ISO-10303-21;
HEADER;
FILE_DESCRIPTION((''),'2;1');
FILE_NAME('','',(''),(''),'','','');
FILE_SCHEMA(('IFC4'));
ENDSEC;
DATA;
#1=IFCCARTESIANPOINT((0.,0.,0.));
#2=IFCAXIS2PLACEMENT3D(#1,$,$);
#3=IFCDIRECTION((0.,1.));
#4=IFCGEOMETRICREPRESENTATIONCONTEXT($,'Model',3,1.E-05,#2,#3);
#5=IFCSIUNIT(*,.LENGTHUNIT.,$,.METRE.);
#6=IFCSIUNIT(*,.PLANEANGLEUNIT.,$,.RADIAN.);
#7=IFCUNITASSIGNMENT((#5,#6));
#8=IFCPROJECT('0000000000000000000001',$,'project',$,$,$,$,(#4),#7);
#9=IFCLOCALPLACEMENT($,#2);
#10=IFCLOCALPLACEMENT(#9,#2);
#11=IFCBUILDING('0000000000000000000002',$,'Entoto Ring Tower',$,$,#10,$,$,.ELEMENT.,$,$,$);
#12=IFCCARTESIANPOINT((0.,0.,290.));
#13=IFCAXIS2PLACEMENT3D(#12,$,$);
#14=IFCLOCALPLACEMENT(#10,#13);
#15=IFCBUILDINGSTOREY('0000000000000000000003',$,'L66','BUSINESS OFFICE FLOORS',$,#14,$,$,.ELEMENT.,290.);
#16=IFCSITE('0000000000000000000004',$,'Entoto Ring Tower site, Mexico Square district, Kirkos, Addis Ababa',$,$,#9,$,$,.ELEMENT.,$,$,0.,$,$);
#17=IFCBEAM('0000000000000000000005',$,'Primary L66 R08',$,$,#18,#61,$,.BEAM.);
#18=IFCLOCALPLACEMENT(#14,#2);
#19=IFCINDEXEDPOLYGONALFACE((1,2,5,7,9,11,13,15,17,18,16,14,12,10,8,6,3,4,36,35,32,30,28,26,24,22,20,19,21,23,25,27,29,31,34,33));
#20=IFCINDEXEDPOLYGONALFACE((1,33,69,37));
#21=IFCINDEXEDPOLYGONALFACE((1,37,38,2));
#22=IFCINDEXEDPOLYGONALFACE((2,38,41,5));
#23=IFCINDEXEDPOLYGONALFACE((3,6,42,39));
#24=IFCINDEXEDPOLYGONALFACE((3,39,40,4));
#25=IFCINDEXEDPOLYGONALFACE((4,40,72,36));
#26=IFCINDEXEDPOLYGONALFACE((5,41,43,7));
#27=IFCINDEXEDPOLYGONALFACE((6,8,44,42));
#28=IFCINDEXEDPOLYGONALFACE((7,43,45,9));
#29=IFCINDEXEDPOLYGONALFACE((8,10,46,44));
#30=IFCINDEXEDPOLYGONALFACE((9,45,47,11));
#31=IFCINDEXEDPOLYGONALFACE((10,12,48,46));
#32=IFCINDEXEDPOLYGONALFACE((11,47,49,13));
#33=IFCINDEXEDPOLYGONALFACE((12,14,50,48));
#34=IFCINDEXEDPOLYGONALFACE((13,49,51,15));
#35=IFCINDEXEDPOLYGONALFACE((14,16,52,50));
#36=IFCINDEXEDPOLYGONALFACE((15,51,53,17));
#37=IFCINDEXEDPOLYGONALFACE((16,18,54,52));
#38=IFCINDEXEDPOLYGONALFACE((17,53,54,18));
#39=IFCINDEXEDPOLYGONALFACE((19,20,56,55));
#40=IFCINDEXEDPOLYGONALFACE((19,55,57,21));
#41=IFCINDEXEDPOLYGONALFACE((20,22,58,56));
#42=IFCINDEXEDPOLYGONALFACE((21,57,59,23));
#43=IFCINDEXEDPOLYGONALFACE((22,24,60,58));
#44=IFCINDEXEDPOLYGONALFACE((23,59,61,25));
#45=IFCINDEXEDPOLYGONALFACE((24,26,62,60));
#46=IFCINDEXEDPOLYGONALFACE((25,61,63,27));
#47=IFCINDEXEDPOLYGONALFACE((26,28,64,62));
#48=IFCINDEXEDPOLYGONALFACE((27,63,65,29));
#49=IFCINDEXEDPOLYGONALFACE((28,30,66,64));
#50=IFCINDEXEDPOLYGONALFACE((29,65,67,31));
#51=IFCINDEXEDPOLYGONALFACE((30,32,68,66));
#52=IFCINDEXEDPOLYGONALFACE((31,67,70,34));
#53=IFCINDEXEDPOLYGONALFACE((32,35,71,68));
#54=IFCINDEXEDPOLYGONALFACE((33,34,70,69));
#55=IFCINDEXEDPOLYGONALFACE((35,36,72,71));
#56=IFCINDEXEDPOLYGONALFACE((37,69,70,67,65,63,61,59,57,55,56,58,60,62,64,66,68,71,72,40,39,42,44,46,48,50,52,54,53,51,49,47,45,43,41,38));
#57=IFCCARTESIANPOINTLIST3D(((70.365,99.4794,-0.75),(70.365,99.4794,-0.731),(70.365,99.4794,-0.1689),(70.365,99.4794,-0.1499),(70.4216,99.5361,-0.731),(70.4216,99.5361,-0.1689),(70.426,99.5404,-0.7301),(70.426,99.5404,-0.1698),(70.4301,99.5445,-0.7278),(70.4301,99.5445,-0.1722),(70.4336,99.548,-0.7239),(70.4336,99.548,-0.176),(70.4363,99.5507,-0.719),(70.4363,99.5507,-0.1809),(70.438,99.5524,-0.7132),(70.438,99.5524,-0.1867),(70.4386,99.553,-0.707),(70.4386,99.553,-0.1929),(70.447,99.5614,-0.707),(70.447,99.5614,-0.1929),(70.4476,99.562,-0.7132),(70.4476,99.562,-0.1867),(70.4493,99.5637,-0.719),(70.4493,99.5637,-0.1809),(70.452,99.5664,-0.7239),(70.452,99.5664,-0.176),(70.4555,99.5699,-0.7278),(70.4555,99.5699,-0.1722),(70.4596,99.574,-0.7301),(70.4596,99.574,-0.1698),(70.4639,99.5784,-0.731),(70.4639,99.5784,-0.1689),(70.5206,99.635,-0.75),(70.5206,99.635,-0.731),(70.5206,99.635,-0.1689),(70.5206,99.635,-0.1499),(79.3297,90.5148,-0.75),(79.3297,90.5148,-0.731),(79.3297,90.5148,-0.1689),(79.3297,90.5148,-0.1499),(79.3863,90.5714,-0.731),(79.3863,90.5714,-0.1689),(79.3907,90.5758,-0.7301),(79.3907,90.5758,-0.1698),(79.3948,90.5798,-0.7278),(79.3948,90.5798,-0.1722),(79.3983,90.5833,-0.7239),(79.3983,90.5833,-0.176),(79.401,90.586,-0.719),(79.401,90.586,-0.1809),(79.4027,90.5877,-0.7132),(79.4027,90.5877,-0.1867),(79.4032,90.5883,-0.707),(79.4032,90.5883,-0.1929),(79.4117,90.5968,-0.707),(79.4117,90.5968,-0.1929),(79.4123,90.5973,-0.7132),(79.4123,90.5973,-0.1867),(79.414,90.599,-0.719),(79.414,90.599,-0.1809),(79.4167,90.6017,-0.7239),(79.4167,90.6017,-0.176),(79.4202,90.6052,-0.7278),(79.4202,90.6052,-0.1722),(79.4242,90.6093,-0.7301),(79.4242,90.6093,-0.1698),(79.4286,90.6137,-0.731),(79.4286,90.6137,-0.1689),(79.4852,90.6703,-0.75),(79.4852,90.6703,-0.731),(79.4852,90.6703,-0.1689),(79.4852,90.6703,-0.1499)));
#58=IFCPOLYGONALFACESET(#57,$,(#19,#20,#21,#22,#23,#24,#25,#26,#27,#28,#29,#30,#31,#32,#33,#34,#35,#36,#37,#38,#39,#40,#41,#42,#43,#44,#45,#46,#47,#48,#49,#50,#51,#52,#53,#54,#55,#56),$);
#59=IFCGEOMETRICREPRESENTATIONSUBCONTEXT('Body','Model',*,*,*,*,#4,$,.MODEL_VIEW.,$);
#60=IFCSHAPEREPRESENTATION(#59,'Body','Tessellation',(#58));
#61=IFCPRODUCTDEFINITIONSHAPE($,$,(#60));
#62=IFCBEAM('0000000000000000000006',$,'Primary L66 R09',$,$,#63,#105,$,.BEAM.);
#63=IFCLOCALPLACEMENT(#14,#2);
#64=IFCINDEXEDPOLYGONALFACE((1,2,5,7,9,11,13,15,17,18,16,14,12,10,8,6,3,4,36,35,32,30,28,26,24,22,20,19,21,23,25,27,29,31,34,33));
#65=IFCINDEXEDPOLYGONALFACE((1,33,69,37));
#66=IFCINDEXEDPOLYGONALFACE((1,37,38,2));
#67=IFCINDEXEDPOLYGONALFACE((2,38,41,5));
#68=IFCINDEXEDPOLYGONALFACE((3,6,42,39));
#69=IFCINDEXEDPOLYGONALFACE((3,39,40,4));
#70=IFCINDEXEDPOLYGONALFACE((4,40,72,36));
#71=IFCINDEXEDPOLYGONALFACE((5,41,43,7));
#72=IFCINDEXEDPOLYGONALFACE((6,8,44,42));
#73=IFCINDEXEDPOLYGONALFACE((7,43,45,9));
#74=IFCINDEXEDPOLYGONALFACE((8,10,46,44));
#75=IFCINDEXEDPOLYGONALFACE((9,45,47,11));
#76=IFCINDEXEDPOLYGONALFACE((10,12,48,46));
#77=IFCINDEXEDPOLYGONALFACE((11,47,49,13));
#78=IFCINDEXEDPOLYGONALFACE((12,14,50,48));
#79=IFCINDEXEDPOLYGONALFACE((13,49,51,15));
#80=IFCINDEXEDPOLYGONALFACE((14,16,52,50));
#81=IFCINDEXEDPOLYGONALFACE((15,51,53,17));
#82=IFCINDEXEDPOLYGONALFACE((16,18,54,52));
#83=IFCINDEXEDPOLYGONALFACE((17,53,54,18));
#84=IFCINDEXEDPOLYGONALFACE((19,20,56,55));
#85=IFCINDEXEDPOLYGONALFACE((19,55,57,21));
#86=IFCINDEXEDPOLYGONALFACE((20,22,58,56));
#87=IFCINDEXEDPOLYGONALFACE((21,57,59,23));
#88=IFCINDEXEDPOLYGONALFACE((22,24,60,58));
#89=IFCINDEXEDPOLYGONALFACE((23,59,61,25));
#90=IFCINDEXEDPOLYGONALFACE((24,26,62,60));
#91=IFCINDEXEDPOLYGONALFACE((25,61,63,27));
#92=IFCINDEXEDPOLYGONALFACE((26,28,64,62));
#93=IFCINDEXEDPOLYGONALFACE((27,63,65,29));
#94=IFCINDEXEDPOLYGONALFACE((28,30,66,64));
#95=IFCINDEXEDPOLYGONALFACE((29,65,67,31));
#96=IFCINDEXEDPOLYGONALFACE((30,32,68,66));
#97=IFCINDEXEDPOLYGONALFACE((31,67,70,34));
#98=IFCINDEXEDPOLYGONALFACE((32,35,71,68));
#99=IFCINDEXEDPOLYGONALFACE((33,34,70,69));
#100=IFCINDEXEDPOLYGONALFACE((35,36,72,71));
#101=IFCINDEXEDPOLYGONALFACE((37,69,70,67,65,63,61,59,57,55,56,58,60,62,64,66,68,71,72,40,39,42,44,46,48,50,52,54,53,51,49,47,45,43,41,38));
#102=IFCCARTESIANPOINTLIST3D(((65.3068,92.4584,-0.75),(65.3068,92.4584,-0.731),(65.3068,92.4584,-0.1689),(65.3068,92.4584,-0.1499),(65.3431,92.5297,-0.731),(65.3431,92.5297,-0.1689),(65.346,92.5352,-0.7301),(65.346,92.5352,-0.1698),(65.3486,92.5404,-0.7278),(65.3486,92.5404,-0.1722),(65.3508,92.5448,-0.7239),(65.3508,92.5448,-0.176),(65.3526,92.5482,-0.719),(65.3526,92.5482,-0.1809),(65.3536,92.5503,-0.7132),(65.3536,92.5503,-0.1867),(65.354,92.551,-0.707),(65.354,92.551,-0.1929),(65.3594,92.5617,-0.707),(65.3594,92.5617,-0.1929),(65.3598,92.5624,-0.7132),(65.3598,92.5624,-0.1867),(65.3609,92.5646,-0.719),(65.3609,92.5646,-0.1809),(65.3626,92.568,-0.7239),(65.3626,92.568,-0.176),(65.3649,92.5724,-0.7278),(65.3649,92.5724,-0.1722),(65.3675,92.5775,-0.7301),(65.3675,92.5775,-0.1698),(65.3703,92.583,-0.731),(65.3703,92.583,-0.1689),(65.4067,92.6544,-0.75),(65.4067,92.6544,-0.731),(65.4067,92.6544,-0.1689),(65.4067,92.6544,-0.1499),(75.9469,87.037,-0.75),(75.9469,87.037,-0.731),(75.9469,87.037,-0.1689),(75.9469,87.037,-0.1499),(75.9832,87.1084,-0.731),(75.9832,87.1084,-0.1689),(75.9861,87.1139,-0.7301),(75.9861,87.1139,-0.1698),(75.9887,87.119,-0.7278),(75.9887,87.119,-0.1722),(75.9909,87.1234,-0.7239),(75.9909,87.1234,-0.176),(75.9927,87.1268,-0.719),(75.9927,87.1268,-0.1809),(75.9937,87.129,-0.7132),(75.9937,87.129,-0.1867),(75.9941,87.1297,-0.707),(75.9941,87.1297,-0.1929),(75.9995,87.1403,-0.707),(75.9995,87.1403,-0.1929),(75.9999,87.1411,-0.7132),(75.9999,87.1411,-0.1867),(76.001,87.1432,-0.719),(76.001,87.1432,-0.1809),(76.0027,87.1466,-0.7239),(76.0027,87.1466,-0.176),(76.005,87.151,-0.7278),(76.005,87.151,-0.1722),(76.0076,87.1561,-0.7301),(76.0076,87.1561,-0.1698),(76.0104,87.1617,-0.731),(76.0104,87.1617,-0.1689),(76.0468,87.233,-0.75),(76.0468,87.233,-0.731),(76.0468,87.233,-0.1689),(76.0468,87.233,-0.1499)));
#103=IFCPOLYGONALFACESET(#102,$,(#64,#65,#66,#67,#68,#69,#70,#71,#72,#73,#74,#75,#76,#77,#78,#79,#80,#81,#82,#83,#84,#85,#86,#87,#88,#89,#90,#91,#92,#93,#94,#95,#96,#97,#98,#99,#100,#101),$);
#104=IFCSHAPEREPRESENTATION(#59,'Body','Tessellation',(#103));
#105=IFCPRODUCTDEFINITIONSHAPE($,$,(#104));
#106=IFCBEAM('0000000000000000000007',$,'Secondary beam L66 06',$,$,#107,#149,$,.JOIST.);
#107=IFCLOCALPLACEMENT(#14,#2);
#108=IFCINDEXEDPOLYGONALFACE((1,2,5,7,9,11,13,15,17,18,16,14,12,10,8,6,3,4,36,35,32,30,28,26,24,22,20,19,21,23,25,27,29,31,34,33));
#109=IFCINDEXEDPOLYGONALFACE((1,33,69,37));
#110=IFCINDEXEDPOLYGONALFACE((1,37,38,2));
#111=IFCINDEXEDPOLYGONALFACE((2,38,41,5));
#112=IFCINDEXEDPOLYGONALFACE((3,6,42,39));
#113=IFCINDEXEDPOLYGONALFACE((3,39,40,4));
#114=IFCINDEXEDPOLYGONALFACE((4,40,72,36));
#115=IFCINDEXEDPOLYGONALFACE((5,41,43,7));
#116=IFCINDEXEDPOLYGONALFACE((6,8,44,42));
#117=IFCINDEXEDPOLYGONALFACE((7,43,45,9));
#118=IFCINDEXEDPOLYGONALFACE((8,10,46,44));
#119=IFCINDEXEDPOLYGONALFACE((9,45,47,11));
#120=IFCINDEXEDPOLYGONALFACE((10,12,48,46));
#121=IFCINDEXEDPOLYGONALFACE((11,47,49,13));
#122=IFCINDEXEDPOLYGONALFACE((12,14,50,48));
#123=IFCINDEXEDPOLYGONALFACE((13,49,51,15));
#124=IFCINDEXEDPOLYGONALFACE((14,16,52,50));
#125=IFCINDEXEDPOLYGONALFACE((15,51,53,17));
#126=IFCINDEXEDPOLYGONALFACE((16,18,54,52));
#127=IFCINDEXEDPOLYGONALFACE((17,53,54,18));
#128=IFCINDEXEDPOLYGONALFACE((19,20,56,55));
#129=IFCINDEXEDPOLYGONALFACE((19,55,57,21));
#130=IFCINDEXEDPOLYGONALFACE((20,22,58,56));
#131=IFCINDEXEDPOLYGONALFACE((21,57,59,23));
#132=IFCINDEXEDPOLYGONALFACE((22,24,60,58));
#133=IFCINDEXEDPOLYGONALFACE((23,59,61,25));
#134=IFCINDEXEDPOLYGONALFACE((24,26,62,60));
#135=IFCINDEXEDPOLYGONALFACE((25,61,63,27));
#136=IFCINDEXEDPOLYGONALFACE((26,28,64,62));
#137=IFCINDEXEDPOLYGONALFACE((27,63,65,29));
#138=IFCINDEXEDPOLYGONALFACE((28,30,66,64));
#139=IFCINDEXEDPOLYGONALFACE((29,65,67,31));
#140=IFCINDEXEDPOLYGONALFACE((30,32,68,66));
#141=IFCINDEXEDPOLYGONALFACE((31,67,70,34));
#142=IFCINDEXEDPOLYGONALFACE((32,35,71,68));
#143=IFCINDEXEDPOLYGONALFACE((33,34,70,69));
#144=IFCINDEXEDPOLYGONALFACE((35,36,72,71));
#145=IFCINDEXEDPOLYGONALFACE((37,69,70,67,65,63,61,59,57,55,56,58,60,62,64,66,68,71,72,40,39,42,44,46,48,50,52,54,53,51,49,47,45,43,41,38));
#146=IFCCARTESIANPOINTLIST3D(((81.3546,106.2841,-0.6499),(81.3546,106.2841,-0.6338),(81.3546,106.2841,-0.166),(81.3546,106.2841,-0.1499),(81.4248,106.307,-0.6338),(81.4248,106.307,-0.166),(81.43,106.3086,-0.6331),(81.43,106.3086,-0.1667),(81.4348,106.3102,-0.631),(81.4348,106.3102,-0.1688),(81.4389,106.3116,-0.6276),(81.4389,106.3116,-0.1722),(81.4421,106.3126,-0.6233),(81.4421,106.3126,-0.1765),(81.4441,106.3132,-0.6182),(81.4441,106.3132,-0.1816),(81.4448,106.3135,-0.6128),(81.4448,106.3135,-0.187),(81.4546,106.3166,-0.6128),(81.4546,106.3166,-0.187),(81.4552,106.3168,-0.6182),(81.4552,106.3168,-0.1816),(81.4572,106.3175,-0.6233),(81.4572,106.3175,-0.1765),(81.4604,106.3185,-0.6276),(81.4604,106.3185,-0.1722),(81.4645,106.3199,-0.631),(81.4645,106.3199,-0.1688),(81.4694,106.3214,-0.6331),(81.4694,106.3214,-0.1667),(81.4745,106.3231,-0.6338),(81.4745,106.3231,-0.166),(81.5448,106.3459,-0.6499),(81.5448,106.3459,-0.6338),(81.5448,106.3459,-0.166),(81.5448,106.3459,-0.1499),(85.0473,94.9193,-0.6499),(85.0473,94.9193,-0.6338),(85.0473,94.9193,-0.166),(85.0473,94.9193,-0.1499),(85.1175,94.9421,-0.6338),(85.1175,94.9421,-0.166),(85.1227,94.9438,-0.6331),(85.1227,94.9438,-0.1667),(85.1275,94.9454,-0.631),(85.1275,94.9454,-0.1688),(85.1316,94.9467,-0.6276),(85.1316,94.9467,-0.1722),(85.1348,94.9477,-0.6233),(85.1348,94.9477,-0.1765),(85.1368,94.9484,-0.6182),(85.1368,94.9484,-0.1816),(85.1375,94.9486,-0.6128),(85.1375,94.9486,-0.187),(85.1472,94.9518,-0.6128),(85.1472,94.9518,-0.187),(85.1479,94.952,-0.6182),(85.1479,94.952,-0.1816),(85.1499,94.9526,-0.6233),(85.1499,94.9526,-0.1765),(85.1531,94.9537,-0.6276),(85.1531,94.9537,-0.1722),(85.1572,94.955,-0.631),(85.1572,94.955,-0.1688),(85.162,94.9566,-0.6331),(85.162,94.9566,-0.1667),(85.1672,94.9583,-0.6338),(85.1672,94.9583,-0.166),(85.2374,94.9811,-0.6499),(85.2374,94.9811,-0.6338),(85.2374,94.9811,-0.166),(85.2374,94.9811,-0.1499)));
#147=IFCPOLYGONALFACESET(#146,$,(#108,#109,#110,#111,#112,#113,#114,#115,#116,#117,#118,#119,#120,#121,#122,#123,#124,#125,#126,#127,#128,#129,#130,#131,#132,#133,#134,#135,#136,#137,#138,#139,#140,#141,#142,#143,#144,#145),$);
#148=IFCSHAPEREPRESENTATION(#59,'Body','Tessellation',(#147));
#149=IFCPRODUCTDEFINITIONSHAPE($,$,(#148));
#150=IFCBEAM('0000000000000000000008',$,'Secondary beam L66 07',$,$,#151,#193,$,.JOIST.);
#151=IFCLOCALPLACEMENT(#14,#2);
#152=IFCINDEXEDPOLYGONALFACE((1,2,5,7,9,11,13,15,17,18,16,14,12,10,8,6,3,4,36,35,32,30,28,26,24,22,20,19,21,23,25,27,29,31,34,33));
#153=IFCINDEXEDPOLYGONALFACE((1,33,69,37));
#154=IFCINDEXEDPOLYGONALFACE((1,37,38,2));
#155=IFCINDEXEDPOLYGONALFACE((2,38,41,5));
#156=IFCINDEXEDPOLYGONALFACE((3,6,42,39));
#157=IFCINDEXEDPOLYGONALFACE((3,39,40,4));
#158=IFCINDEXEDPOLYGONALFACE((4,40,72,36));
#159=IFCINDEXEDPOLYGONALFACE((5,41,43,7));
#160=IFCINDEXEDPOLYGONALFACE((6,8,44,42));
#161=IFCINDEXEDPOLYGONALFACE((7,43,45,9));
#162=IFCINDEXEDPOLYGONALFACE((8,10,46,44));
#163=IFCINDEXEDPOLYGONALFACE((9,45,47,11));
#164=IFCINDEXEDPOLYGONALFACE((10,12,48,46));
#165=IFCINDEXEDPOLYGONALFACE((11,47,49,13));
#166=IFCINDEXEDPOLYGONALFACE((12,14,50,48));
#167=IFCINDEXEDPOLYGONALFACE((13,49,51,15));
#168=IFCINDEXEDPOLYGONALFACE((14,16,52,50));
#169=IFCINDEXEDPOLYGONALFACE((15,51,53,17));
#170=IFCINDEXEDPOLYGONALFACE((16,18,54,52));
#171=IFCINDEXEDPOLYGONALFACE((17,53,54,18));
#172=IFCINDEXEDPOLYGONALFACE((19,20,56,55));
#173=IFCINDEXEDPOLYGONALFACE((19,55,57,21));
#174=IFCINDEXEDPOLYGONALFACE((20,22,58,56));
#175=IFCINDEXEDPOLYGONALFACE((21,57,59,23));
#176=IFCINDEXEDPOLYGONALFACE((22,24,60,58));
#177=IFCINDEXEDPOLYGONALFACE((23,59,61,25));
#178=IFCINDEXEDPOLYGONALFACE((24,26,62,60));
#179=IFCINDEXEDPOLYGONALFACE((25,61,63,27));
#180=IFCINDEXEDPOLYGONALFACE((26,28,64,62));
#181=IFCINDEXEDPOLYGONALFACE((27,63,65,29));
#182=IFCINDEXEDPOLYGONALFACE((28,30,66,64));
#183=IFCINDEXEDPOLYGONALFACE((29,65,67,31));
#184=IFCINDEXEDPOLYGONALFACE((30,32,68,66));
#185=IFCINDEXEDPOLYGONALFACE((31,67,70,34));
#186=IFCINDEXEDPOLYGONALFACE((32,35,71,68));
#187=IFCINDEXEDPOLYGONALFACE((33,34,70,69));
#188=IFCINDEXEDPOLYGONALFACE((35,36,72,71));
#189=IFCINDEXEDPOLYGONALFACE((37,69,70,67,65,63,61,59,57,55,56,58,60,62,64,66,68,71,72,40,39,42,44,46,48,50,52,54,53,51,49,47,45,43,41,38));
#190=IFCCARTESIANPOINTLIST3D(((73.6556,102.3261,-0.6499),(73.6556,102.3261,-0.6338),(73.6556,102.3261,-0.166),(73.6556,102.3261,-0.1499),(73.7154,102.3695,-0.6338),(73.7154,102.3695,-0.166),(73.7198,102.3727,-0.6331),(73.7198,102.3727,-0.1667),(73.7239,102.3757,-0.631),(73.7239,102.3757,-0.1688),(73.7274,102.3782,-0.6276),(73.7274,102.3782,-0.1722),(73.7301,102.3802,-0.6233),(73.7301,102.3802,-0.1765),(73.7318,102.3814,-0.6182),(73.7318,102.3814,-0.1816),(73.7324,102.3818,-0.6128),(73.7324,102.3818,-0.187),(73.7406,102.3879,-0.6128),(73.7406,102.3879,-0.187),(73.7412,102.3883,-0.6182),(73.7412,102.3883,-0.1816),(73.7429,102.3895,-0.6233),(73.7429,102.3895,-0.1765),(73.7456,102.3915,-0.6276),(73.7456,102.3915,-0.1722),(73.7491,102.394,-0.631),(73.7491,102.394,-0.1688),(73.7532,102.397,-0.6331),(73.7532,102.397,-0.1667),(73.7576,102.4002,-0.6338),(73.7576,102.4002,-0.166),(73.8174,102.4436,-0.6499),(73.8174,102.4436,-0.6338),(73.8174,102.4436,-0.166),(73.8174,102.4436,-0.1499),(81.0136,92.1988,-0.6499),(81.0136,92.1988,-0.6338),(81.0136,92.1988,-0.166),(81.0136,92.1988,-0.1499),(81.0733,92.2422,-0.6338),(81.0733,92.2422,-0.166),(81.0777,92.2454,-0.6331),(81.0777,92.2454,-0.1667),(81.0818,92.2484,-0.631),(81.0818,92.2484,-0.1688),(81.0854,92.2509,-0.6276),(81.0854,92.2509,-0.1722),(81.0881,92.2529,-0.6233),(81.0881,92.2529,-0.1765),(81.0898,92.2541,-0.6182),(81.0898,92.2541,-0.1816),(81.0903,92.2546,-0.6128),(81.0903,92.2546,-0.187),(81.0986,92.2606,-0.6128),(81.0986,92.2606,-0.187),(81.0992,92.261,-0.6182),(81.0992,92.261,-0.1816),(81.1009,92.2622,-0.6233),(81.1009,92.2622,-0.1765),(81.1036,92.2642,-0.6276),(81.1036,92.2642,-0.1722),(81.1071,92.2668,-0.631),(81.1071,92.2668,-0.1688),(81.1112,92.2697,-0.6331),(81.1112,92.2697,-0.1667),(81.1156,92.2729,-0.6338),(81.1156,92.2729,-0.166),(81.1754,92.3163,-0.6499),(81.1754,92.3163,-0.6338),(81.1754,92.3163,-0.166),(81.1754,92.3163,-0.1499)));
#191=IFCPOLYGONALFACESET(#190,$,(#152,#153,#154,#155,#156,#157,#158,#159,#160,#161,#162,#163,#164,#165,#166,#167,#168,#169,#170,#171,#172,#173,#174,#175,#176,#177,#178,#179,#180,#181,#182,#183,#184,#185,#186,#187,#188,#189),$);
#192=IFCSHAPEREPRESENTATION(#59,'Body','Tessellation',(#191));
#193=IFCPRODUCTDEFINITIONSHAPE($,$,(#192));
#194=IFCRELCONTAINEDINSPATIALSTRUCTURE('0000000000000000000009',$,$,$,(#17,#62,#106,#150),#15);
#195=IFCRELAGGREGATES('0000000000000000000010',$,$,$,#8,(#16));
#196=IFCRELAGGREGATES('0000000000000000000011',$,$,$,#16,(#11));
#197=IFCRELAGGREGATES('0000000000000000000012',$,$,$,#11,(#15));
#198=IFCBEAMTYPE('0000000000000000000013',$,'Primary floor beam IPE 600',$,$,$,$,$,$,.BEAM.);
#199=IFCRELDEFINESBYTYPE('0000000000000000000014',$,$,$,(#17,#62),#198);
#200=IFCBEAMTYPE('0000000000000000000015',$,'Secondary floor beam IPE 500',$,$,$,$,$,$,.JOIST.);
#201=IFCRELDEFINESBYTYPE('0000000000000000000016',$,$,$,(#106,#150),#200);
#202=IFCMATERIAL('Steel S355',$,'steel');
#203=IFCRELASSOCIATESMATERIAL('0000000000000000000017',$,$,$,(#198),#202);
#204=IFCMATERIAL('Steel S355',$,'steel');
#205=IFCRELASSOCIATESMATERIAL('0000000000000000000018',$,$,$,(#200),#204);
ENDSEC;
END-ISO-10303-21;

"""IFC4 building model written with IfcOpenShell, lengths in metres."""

from ifc_helpers import new_model, si_unit, direction, frame, origin, origin_2d, place, context, subcontext, project, spatial, i_section, extrude, material, material_profile, profile_set, type_object, element, save


model = new_model("IFC4")

# Units and contexts
model_context = context("Model", 3, precision=1e-05, world=origin(), true_north=direction((0.0, 1.0)))
body_context = subcontext(model_context, "Body", "Model", "MODEL_VIEW")
ifc_project = project(units=[si_unit("LENGTHUNIT", "METRE"), si_unit("PLANEANGLEUNIT", "RADIAN")], contexts=[model_context])

# Site, building, storey
site_placement = place(None, origin())
site = spatial("IfcSite", under=ifc_project, at=site_placement, Name="Entoto Ring Tower site, Mexico Square district, Kirkos, Addis Ababa", CompositionType="ELEMENT", RefElevation=0.0)
building_placement = place(site_placement, origin())
building = spatial("IfcBuilding", under=site, at=building_placement, Name="Entoto Ring Tower", CompositionType="ELEMENT")
storey_placement = place(building_placement, frame((0.0, 0.0, 290.0)))
storey = spatial("IfcBuildingStorey", under=building, at=storey_placement, Name="L66", Description="BUSINESS OFFICE FLOORS", CompositionType="ELEMENT", Elevation=290.0)

# Beams
ifc_material_1 = material(Name="Steel S355", Category="steel")
ifc_material_profile_1 = material_profile(ifc_material_1, i_section(OverallWidth=0.22, OverallDepth=0.6001, WebThickness=0.012, FlangeThickness=0.019, FilletRadius=0.0239, at=origin_2d()), Name="IPE 600")
ifc_profile_set_1 = profile_set([ifc_material_profile_1], Name="Steel S355")
beam_type_1 = type_object("IfcBeamType", Name="Primary floor beam IPE 600", PredefinedType="BEAM", material=ifc_profile_set_1)
beam_1_placement = place(storey_placement, frame((79.4075, 90.5925, -0.45), z_axis=(-0.707107, 0.707107, 0.0), x_axis=(-0.707107, -0.707107, 0.0)))
element("IfcBeam", 1, at=beam_1_placement, inside=storey, type_object=beam_type_1, Name="Primary L66 R08", PredefinedType="BEAM", context=body_context, shape_type="SweptSolid", body=[
    extrude(i_section(OverallWidth=0.22, OverallDepth=0.6001, WebThickness=0.012, FlangeThickness=0.019, FilletRadius=0.0239, at=origin_2d()), origin(), (0.0, 0.0, 1.0), 12.678),
])
beam_2_placement = place(storey_placement, frame((75.9968, 87.135, -0.45), z_axis=(-0.891008, 0.453988, 0.0), x_axis=(-0.453988, -0.891008, 0.0)))
element("IfcBeam", 2, at=beam_2_placement, inside=storey, type_object=beam_type_1, Name="Primary L66 R09", PredefinedType="BEAM", context=body_context, shape_type="SweptSolid", body=[
    extrude(i_section(OverallWidth=0.22, OverallDepth=0.6001, WebThickness=0.012, FlangeThickness=0.019, FilletRadius=0.0239, at=origin_2d()), origin(), (0.0, 0.0, 1.0), 11.9417),
])
ifc_material_2 = material(Name="Steel S355", Category="steel")
ifc_material_profile_2 = material_profile(ifc_material_2, i_section(OverallWidth=0.2, OverallDepth=0.5, WebThickness=0.0103, FlangeThickness=0.0161, FilletRadius=0.021, at=origin_2d()), Name="IPE 500")
ifc_profile_set_2 = profile_set([ifc_material_profile_2], Name="Steel S355")
beam_type_2 = type_object("IfcBeamType", Name="Secondary floor beam IPE 500", PredefinedType="JOIST", material=ifc_profile_set_2)
beam_3_placement = place(storey_placement, frame((85.1423, 94.9502, -0.3999), z_axis=(-0.309017, 0.951057, 0.0), x_axis=(-0.951057, -0.309017, 0.0)))
element("IfcBeam", 3, at=beam_3_placement, inside=storey, type_object=beam_type_2, Name="Secondary beam L66 06", PredefinedType="JOIST", context=body_context, shape_type="SweptSolid", body=[
    extrude(i_section(OverallWidth=0.2, OverallDepth=0.5, WebThickness=0.0103, FlangeThickness=0.0161, FilletRadius=0.021, at=origin_2d()), origin(), (0.0, 0.0, 1.0), 11.9497),
])
for number, where, z_axis, x_axis, name in (
    (4, (81.0945, 92.2576, -0.3999), (-0.587789, 0.809014, 0.0), (-0.809014, -0.587789, 0.0), "Secondary beam L66 07"),
):
    element("IfcBeam", number, at=place(storey_placement, frame(where, z_axis=z_axis, x_axis=x_axis)), inside=storey, type_object=beam_type_2, Name=name, PredefinedType="JOIST", context=body_context, shape_type="SweptSolid", body=[
        extrude(i_section(OverallWidth=0.2, OverallDepth=0.5, WebThickness=0.0103, FlangeThickness=0.0161, FilletRadius=0.021, at=origin_2d()), origin(), (0.0, 0.0, 1.0), 12.5181),
    ])

save(model, "model.ifc")
